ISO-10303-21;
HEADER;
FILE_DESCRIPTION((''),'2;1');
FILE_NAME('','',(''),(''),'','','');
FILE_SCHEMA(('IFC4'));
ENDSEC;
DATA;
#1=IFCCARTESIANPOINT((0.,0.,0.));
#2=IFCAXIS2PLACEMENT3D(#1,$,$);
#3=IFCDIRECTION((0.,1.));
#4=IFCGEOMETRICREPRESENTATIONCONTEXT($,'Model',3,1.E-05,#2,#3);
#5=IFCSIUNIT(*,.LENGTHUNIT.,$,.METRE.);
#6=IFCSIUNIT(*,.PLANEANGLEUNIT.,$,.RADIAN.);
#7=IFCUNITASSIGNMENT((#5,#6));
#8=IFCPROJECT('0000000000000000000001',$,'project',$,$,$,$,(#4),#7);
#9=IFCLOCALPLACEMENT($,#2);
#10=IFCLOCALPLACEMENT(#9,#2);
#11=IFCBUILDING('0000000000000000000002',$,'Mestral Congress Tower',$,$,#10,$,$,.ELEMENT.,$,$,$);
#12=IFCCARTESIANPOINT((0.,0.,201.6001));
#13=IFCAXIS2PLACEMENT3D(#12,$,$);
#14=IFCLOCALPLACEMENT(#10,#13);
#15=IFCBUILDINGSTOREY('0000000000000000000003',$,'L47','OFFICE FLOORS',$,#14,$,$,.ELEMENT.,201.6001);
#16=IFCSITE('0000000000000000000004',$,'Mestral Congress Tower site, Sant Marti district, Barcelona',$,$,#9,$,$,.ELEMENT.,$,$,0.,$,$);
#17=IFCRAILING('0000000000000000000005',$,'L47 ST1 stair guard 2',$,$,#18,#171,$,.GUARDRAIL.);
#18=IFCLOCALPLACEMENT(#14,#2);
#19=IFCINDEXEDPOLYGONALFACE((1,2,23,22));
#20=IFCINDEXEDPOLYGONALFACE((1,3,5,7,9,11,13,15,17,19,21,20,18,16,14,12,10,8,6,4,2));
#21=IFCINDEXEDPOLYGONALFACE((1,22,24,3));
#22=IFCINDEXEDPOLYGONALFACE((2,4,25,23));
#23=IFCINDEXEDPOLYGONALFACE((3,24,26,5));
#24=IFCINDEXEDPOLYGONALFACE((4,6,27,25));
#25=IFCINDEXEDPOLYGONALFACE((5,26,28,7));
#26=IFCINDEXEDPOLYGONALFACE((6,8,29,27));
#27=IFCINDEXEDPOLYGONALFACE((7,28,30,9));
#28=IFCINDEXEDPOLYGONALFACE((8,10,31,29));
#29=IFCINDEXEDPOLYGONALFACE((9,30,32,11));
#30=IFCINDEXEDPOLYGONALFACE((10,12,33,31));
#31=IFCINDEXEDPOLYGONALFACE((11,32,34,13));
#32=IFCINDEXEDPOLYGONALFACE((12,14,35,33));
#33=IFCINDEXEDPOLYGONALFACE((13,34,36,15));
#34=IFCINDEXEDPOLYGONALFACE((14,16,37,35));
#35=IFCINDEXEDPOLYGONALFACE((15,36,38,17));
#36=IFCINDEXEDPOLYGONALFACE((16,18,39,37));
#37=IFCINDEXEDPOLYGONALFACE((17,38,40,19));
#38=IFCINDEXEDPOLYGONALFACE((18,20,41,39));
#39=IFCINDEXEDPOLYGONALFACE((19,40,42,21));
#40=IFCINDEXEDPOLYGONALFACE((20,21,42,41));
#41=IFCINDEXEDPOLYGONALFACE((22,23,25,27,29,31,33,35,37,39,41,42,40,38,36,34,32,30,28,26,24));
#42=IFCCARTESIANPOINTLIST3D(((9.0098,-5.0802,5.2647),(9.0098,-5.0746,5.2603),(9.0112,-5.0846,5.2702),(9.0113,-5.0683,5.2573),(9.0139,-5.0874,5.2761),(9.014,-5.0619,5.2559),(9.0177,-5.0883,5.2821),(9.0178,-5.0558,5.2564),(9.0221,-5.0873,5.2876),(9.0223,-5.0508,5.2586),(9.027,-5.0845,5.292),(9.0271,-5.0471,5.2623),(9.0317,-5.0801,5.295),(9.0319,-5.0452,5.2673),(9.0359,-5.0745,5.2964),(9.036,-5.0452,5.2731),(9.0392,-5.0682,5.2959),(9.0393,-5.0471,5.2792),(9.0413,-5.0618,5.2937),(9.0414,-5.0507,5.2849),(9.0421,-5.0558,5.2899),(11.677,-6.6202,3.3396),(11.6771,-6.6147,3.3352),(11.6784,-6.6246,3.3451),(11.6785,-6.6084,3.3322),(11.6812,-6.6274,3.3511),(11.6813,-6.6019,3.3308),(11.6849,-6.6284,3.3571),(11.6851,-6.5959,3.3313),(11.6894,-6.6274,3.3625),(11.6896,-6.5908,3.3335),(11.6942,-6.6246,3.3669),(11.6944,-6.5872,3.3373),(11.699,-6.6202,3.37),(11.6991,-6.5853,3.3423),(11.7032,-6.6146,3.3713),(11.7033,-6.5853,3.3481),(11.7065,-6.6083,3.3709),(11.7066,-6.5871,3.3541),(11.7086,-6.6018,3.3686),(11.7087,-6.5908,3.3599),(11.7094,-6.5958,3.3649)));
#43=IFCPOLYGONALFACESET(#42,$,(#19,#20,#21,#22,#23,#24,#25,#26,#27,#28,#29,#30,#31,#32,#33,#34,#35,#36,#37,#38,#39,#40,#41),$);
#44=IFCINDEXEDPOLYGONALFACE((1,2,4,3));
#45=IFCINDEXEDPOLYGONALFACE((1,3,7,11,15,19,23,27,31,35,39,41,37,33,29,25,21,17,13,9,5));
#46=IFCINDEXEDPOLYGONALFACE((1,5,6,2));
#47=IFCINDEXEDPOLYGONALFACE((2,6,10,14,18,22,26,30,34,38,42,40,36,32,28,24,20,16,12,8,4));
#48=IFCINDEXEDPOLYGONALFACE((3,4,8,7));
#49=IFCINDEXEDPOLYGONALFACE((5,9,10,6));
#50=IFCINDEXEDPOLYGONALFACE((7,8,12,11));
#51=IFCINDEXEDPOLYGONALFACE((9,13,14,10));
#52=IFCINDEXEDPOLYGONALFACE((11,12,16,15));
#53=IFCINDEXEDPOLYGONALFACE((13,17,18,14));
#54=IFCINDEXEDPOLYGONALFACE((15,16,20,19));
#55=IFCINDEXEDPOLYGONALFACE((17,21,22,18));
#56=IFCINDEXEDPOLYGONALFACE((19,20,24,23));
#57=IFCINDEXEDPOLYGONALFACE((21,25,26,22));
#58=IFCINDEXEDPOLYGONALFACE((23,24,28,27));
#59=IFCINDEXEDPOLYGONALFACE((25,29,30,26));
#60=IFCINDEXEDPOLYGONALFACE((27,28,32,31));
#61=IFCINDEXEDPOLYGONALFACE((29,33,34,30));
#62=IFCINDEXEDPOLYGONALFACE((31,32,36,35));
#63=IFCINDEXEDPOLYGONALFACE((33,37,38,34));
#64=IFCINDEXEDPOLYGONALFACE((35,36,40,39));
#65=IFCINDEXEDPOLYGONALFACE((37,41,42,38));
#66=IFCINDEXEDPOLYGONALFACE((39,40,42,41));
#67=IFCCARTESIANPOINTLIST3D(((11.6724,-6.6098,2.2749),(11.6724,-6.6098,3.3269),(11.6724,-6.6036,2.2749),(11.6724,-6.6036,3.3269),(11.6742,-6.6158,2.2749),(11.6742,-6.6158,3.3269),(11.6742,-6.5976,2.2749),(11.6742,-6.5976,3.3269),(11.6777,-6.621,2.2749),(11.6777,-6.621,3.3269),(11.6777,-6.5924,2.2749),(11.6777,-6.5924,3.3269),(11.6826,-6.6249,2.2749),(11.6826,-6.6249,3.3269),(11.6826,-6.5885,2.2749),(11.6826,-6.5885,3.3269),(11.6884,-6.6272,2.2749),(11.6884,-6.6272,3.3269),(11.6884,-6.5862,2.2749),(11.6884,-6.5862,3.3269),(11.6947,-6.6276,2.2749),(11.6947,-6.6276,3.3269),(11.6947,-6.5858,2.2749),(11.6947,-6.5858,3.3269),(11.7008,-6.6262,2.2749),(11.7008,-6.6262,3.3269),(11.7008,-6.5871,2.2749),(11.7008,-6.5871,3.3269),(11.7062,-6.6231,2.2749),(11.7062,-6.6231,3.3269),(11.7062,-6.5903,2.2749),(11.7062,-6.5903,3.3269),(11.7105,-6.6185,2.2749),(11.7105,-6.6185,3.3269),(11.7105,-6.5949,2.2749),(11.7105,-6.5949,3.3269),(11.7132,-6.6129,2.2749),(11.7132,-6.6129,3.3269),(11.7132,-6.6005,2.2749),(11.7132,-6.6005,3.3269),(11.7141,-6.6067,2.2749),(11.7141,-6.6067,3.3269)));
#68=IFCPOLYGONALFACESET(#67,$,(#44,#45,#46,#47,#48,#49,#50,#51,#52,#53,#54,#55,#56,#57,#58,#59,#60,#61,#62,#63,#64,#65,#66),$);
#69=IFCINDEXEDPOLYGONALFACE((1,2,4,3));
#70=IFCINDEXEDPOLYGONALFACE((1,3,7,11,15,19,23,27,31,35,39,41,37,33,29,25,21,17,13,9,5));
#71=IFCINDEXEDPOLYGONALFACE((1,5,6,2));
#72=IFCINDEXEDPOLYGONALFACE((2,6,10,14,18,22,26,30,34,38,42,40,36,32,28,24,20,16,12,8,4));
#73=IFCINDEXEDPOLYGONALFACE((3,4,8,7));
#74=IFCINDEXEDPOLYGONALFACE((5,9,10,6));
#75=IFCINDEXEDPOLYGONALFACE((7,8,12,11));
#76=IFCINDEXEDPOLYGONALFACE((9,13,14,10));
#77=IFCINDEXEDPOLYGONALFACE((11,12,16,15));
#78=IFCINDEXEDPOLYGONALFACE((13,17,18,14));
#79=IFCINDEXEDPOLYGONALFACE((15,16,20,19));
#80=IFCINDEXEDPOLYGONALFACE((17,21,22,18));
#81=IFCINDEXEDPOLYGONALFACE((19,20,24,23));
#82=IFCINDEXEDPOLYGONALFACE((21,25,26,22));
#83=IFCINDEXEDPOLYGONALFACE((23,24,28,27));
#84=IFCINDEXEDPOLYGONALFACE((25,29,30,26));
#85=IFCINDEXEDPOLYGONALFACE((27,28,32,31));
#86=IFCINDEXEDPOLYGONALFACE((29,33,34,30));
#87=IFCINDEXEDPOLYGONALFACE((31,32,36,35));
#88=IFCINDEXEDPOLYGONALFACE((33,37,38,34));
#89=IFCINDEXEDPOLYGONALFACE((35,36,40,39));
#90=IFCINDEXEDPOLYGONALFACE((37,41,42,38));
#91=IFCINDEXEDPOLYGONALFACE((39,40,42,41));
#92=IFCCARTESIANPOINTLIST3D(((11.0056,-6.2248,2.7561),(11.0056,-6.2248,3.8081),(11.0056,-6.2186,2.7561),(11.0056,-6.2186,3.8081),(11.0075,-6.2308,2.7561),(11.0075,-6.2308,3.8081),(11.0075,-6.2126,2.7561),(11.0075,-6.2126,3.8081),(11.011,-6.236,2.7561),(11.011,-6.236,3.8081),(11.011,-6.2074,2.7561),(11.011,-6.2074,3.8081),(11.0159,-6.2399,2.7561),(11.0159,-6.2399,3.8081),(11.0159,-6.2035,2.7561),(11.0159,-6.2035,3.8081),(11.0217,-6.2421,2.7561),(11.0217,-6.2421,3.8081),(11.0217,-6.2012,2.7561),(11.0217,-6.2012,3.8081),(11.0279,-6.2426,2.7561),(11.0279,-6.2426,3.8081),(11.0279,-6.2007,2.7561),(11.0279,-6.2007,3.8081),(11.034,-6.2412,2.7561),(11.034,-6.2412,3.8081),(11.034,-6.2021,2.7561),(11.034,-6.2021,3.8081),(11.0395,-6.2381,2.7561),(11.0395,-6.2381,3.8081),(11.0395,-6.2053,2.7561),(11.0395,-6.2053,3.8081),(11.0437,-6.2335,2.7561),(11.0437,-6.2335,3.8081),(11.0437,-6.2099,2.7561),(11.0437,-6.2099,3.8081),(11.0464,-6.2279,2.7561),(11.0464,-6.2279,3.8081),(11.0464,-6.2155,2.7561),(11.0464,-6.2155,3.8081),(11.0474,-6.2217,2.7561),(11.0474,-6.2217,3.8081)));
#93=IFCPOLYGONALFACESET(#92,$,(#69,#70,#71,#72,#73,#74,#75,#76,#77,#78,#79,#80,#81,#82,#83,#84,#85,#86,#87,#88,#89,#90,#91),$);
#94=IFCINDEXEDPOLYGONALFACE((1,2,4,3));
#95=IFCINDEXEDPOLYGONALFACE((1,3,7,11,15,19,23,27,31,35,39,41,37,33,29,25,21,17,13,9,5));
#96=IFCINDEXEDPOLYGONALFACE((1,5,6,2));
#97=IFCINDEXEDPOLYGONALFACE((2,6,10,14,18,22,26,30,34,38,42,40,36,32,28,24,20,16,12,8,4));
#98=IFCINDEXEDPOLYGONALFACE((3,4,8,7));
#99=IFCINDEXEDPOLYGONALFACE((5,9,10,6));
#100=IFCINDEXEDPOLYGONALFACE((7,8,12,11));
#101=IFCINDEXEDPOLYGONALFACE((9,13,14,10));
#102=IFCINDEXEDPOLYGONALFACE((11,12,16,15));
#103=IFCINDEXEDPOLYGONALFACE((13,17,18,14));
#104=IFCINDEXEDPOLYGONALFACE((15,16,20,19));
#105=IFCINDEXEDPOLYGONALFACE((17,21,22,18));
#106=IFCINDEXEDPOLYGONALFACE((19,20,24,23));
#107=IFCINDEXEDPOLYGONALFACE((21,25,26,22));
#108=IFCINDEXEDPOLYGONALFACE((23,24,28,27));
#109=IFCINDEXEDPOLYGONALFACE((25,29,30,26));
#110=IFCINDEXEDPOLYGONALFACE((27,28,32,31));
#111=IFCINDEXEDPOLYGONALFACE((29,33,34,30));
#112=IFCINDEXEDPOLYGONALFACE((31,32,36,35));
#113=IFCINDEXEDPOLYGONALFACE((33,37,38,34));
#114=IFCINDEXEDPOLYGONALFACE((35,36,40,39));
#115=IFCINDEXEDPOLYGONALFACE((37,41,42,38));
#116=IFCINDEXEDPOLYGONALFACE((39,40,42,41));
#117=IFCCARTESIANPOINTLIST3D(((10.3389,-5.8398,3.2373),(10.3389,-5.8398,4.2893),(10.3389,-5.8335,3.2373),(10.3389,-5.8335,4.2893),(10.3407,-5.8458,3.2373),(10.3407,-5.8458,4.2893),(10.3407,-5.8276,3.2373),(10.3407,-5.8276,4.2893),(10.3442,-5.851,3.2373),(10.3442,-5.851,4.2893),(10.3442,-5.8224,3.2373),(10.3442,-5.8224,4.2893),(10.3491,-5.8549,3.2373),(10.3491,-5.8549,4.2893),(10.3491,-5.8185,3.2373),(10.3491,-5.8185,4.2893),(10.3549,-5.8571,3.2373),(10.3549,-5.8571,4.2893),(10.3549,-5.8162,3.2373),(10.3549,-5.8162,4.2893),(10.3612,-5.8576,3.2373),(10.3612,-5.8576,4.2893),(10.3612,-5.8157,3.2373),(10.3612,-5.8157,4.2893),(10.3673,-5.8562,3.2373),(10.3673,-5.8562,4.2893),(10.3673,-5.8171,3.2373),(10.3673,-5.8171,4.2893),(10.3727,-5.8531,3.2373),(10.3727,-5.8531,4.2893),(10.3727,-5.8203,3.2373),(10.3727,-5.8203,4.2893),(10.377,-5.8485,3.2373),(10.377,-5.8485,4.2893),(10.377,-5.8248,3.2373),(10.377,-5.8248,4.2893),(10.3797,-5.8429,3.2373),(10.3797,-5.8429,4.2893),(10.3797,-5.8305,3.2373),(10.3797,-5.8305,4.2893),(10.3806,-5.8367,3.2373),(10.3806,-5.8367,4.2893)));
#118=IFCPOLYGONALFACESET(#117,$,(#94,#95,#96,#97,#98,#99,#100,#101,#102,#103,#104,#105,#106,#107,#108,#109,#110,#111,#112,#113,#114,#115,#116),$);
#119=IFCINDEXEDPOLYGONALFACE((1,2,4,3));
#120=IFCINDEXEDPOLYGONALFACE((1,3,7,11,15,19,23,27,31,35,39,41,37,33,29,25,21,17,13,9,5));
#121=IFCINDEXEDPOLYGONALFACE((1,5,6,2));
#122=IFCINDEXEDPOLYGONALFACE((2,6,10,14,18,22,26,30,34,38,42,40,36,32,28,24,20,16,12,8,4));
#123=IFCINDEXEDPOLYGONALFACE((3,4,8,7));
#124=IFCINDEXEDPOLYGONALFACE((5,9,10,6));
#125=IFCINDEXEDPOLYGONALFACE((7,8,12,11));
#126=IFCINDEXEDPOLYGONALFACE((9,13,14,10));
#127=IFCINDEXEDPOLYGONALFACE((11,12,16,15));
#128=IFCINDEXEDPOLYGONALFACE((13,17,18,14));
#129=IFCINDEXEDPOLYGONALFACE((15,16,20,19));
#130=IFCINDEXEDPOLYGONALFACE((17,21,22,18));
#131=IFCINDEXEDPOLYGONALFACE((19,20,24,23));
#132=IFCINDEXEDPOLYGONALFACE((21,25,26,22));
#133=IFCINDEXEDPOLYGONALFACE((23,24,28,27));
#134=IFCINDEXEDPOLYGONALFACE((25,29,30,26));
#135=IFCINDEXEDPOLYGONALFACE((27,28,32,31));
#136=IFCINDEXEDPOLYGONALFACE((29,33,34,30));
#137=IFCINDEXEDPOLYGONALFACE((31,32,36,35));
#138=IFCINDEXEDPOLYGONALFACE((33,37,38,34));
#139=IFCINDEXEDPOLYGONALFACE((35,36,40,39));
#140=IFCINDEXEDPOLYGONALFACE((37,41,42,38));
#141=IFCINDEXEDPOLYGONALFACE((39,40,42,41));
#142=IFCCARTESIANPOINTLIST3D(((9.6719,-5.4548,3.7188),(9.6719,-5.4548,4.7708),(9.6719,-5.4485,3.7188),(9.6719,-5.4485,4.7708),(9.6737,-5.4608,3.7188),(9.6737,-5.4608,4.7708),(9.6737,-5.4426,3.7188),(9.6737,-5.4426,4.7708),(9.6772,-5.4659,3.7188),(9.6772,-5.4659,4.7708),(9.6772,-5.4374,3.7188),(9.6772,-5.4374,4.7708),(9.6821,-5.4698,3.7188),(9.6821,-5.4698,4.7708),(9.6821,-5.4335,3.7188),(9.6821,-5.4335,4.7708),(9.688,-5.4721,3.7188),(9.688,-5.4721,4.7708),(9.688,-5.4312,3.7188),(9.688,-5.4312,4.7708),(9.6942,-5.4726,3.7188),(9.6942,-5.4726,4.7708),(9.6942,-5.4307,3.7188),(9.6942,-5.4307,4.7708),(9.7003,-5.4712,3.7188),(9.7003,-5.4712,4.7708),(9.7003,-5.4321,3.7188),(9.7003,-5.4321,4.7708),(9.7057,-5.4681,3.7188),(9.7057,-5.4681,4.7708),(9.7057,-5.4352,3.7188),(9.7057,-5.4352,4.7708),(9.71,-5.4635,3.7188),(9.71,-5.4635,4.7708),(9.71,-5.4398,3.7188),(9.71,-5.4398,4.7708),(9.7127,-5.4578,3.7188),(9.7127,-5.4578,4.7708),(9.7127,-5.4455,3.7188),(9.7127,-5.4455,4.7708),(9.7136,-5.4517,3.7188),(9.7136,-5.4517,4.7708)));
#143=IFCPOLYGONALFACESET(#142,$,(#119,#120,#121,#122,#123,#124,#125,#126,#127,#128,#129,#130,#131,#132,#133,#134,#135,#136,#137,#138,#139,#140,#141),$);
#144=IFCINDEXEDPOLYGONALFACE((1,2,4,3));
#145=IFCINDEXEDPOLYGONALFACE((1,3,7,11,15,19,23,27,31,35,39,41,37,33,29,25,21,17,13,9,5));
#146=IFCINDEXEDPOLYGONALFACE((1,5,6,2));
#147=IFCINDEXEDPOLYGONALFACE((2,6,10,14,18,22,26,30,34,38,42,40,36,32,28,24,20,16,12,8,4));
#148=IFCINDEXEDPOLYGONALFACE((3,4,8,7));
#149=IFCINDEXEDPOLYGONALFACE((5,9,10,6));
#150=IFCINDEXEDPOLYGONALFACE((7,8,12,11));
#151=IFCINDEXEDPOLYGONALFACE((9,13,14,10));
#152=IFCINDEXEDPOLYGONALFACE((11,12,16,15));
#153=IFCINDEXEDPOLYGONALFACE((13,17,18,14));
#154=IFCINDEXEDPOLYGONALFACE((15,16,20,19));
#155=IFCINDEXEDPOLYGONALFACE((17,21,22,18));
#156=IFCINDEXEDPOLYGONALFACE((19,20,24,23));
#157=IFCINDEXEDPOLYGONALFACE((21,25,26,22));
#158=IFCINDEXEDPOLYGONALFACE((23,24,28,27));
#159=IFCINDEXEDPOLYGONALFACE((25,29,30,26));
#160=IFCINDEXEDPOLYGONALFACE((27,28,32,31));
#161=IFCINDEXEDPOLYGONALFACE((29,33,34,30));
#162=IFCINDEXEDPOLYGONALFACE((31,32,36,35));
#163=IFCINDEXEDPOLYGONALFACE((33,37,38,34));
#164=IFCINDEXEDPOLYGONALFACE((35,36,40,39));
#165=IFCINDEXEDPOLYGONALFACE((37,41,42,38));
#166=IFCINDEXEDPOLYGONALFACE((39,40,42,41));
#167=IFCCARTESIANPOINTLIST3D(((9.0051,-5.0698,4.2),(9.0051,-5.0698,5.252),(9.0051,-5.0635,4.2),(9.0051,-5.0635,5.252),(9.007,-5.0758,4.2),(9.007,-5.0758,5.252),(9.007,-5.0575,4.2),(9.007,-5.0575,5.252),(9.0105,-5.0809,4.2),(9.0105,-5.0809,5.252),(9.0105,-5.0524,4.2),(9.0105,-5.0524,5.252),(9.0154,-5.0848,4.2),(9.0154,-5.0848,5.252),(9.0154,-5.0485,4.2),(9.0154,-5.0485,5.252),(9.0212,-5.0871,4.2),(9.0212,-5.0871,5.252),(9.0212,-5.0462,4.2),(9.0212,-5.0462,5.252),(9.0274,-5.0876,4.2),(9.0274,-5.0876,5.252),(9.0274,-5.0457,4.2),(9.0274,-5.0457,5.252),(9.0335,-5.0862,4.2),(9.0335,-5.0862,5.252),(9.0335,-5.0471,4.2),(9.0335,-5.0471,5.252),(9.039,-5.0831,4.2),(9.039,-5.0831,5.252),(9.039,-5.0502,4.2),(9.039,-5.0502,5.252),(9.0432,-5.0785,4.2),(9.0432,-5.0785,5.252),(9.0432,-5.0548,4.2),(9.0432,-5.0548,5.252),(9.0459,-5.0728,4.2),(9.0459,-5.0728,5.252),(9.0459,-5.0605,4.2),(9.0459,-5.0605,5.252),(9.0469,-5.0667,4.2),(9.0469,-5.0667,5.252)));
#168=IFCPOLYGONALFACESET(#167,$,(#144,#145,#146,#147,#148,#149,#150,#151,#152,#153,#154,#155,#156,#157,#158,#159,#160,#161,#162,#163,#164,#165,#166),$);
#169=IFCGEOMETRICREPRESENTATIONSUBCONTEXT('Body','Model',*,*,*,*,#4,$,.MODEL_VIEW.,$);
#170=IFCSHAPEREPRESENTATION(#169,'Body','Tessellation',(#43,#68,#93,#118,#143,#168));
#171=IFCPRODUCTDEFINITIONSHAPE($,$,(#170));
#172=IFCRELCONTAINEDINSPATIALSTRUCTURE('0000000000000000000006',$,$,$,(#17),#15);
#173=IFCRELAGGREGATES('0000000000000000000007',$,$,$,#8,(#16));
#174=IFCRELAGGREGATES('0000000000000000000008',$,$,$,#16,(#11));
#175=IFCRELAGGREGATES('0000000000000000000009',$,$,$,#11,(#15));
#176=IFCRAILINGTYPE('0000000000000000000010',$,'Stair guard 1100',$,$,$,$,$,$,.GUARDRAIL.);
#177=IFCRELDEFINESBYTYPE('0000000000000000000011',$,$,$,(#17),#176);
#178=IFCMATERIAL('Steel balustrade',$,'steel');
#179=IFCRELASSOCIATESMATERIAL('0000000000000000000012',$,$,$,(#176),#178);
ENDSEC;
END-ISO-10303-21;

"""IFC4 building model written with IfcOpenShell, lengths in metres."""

from ifc_helpers import new_model, si_unit, direction, frame, origin, origin_2d, place, context, subcontext, project, spatial, circle, extrude, material, type_object, element, save


model = new_model("IFC4")

# Units and contexts
model_context = context("Model", 3, precision=1e-05, world=origin(), true_north=direction((0.0, 1.0)))
body_context = subcontext(model_context, "Body", "Model", "MODEL_VIEW")
ifc_project = project(units=[si_unit("LENGTHUNIT", "METRE"), si_unit("PLANEANGLEUNIT", "RADIAN")], contexts=[model_context])

# Site, building, storey
site_placement = place(None, origin())
site = spatial("IfcSite", under=ifc_project, at=site_placement, Name="Mestral Congress Tower site, Sant Marti district, Barcelona", CompositionType="ELEMENT", RefElevation=0.0)
building_placement = place(site_placement, origin())
building = spatial("IfcBuilding", under=site, at=building_placement, Name="Mestral Congress Tower", CompositionType="ELEMENT")
storey_placement = place(building_placement, frame((0.0, 0.0, 201.6001)))
storey = spatial("IfcBuildingStorey", under=building, at=storey_placement, Name="L47", Description="OFFICE FLOORS", CompositionType="ELEMENT", Elevation=201.6001)

# Railing
ifc_material_1 = material(Name="Steel balustrade", Category="steel")
railing_type_1 = type_object("IfcRailingType", Name="Stair guard 1100", PredefinedType="GUARDRAIL", material=ifc_material_1)
railing_1_placement = place(storey_placement, frame((11.6931, -6.6067, 2.2749)))
element("IfcRailing", 1, at=railing_1_placement, inside=storey, type_object=railing_type_1, Name="L47 ST1 stair guard 2", PredefinedType="GUARDRAIL", context=body_context, shape_type="SweptSolid", body=[
    extrude(circle(Radius=0.0239, at=origin_2d()), frame((0.0, 0.0, 1.0762), z_axis=(-0.734364, 0.424015, 0.530019), x_axis=(-0.500027, -0.86601, 0.0)), (0.0, 0.0, 1.0), 3.6321),
    extrude(circle(Radius=0.021, at=origin_2d()), origin(), (0.0, 0.0, 1.0), 1.052),
    extrude(circle(Radius=0.021, at=origin_2d()), frame((-0.6667, 0.385, 0.4812)), (0.0, 0.0, 1.0), 1.052),
    extrude(circle(Radius=0.021, at=origin_2d()), frame((-1.3335, 0.77, 0.9624)), (0.0, 0.0, 1.0), 1.052),
    extrude(circle(Radius=0.021, at=origin_2d()), frame((-2.0005, 1.155, 1.4438)), (0.0, 0.0, 1.0), 1.052),
    extrude(circle(Radius=0.021, at=origin_2d()), frame((-2.6672, 1.54, 1.925)), (0.0, 0.0, 1.0), 1.052),
])

save(model, "model.ifc")
